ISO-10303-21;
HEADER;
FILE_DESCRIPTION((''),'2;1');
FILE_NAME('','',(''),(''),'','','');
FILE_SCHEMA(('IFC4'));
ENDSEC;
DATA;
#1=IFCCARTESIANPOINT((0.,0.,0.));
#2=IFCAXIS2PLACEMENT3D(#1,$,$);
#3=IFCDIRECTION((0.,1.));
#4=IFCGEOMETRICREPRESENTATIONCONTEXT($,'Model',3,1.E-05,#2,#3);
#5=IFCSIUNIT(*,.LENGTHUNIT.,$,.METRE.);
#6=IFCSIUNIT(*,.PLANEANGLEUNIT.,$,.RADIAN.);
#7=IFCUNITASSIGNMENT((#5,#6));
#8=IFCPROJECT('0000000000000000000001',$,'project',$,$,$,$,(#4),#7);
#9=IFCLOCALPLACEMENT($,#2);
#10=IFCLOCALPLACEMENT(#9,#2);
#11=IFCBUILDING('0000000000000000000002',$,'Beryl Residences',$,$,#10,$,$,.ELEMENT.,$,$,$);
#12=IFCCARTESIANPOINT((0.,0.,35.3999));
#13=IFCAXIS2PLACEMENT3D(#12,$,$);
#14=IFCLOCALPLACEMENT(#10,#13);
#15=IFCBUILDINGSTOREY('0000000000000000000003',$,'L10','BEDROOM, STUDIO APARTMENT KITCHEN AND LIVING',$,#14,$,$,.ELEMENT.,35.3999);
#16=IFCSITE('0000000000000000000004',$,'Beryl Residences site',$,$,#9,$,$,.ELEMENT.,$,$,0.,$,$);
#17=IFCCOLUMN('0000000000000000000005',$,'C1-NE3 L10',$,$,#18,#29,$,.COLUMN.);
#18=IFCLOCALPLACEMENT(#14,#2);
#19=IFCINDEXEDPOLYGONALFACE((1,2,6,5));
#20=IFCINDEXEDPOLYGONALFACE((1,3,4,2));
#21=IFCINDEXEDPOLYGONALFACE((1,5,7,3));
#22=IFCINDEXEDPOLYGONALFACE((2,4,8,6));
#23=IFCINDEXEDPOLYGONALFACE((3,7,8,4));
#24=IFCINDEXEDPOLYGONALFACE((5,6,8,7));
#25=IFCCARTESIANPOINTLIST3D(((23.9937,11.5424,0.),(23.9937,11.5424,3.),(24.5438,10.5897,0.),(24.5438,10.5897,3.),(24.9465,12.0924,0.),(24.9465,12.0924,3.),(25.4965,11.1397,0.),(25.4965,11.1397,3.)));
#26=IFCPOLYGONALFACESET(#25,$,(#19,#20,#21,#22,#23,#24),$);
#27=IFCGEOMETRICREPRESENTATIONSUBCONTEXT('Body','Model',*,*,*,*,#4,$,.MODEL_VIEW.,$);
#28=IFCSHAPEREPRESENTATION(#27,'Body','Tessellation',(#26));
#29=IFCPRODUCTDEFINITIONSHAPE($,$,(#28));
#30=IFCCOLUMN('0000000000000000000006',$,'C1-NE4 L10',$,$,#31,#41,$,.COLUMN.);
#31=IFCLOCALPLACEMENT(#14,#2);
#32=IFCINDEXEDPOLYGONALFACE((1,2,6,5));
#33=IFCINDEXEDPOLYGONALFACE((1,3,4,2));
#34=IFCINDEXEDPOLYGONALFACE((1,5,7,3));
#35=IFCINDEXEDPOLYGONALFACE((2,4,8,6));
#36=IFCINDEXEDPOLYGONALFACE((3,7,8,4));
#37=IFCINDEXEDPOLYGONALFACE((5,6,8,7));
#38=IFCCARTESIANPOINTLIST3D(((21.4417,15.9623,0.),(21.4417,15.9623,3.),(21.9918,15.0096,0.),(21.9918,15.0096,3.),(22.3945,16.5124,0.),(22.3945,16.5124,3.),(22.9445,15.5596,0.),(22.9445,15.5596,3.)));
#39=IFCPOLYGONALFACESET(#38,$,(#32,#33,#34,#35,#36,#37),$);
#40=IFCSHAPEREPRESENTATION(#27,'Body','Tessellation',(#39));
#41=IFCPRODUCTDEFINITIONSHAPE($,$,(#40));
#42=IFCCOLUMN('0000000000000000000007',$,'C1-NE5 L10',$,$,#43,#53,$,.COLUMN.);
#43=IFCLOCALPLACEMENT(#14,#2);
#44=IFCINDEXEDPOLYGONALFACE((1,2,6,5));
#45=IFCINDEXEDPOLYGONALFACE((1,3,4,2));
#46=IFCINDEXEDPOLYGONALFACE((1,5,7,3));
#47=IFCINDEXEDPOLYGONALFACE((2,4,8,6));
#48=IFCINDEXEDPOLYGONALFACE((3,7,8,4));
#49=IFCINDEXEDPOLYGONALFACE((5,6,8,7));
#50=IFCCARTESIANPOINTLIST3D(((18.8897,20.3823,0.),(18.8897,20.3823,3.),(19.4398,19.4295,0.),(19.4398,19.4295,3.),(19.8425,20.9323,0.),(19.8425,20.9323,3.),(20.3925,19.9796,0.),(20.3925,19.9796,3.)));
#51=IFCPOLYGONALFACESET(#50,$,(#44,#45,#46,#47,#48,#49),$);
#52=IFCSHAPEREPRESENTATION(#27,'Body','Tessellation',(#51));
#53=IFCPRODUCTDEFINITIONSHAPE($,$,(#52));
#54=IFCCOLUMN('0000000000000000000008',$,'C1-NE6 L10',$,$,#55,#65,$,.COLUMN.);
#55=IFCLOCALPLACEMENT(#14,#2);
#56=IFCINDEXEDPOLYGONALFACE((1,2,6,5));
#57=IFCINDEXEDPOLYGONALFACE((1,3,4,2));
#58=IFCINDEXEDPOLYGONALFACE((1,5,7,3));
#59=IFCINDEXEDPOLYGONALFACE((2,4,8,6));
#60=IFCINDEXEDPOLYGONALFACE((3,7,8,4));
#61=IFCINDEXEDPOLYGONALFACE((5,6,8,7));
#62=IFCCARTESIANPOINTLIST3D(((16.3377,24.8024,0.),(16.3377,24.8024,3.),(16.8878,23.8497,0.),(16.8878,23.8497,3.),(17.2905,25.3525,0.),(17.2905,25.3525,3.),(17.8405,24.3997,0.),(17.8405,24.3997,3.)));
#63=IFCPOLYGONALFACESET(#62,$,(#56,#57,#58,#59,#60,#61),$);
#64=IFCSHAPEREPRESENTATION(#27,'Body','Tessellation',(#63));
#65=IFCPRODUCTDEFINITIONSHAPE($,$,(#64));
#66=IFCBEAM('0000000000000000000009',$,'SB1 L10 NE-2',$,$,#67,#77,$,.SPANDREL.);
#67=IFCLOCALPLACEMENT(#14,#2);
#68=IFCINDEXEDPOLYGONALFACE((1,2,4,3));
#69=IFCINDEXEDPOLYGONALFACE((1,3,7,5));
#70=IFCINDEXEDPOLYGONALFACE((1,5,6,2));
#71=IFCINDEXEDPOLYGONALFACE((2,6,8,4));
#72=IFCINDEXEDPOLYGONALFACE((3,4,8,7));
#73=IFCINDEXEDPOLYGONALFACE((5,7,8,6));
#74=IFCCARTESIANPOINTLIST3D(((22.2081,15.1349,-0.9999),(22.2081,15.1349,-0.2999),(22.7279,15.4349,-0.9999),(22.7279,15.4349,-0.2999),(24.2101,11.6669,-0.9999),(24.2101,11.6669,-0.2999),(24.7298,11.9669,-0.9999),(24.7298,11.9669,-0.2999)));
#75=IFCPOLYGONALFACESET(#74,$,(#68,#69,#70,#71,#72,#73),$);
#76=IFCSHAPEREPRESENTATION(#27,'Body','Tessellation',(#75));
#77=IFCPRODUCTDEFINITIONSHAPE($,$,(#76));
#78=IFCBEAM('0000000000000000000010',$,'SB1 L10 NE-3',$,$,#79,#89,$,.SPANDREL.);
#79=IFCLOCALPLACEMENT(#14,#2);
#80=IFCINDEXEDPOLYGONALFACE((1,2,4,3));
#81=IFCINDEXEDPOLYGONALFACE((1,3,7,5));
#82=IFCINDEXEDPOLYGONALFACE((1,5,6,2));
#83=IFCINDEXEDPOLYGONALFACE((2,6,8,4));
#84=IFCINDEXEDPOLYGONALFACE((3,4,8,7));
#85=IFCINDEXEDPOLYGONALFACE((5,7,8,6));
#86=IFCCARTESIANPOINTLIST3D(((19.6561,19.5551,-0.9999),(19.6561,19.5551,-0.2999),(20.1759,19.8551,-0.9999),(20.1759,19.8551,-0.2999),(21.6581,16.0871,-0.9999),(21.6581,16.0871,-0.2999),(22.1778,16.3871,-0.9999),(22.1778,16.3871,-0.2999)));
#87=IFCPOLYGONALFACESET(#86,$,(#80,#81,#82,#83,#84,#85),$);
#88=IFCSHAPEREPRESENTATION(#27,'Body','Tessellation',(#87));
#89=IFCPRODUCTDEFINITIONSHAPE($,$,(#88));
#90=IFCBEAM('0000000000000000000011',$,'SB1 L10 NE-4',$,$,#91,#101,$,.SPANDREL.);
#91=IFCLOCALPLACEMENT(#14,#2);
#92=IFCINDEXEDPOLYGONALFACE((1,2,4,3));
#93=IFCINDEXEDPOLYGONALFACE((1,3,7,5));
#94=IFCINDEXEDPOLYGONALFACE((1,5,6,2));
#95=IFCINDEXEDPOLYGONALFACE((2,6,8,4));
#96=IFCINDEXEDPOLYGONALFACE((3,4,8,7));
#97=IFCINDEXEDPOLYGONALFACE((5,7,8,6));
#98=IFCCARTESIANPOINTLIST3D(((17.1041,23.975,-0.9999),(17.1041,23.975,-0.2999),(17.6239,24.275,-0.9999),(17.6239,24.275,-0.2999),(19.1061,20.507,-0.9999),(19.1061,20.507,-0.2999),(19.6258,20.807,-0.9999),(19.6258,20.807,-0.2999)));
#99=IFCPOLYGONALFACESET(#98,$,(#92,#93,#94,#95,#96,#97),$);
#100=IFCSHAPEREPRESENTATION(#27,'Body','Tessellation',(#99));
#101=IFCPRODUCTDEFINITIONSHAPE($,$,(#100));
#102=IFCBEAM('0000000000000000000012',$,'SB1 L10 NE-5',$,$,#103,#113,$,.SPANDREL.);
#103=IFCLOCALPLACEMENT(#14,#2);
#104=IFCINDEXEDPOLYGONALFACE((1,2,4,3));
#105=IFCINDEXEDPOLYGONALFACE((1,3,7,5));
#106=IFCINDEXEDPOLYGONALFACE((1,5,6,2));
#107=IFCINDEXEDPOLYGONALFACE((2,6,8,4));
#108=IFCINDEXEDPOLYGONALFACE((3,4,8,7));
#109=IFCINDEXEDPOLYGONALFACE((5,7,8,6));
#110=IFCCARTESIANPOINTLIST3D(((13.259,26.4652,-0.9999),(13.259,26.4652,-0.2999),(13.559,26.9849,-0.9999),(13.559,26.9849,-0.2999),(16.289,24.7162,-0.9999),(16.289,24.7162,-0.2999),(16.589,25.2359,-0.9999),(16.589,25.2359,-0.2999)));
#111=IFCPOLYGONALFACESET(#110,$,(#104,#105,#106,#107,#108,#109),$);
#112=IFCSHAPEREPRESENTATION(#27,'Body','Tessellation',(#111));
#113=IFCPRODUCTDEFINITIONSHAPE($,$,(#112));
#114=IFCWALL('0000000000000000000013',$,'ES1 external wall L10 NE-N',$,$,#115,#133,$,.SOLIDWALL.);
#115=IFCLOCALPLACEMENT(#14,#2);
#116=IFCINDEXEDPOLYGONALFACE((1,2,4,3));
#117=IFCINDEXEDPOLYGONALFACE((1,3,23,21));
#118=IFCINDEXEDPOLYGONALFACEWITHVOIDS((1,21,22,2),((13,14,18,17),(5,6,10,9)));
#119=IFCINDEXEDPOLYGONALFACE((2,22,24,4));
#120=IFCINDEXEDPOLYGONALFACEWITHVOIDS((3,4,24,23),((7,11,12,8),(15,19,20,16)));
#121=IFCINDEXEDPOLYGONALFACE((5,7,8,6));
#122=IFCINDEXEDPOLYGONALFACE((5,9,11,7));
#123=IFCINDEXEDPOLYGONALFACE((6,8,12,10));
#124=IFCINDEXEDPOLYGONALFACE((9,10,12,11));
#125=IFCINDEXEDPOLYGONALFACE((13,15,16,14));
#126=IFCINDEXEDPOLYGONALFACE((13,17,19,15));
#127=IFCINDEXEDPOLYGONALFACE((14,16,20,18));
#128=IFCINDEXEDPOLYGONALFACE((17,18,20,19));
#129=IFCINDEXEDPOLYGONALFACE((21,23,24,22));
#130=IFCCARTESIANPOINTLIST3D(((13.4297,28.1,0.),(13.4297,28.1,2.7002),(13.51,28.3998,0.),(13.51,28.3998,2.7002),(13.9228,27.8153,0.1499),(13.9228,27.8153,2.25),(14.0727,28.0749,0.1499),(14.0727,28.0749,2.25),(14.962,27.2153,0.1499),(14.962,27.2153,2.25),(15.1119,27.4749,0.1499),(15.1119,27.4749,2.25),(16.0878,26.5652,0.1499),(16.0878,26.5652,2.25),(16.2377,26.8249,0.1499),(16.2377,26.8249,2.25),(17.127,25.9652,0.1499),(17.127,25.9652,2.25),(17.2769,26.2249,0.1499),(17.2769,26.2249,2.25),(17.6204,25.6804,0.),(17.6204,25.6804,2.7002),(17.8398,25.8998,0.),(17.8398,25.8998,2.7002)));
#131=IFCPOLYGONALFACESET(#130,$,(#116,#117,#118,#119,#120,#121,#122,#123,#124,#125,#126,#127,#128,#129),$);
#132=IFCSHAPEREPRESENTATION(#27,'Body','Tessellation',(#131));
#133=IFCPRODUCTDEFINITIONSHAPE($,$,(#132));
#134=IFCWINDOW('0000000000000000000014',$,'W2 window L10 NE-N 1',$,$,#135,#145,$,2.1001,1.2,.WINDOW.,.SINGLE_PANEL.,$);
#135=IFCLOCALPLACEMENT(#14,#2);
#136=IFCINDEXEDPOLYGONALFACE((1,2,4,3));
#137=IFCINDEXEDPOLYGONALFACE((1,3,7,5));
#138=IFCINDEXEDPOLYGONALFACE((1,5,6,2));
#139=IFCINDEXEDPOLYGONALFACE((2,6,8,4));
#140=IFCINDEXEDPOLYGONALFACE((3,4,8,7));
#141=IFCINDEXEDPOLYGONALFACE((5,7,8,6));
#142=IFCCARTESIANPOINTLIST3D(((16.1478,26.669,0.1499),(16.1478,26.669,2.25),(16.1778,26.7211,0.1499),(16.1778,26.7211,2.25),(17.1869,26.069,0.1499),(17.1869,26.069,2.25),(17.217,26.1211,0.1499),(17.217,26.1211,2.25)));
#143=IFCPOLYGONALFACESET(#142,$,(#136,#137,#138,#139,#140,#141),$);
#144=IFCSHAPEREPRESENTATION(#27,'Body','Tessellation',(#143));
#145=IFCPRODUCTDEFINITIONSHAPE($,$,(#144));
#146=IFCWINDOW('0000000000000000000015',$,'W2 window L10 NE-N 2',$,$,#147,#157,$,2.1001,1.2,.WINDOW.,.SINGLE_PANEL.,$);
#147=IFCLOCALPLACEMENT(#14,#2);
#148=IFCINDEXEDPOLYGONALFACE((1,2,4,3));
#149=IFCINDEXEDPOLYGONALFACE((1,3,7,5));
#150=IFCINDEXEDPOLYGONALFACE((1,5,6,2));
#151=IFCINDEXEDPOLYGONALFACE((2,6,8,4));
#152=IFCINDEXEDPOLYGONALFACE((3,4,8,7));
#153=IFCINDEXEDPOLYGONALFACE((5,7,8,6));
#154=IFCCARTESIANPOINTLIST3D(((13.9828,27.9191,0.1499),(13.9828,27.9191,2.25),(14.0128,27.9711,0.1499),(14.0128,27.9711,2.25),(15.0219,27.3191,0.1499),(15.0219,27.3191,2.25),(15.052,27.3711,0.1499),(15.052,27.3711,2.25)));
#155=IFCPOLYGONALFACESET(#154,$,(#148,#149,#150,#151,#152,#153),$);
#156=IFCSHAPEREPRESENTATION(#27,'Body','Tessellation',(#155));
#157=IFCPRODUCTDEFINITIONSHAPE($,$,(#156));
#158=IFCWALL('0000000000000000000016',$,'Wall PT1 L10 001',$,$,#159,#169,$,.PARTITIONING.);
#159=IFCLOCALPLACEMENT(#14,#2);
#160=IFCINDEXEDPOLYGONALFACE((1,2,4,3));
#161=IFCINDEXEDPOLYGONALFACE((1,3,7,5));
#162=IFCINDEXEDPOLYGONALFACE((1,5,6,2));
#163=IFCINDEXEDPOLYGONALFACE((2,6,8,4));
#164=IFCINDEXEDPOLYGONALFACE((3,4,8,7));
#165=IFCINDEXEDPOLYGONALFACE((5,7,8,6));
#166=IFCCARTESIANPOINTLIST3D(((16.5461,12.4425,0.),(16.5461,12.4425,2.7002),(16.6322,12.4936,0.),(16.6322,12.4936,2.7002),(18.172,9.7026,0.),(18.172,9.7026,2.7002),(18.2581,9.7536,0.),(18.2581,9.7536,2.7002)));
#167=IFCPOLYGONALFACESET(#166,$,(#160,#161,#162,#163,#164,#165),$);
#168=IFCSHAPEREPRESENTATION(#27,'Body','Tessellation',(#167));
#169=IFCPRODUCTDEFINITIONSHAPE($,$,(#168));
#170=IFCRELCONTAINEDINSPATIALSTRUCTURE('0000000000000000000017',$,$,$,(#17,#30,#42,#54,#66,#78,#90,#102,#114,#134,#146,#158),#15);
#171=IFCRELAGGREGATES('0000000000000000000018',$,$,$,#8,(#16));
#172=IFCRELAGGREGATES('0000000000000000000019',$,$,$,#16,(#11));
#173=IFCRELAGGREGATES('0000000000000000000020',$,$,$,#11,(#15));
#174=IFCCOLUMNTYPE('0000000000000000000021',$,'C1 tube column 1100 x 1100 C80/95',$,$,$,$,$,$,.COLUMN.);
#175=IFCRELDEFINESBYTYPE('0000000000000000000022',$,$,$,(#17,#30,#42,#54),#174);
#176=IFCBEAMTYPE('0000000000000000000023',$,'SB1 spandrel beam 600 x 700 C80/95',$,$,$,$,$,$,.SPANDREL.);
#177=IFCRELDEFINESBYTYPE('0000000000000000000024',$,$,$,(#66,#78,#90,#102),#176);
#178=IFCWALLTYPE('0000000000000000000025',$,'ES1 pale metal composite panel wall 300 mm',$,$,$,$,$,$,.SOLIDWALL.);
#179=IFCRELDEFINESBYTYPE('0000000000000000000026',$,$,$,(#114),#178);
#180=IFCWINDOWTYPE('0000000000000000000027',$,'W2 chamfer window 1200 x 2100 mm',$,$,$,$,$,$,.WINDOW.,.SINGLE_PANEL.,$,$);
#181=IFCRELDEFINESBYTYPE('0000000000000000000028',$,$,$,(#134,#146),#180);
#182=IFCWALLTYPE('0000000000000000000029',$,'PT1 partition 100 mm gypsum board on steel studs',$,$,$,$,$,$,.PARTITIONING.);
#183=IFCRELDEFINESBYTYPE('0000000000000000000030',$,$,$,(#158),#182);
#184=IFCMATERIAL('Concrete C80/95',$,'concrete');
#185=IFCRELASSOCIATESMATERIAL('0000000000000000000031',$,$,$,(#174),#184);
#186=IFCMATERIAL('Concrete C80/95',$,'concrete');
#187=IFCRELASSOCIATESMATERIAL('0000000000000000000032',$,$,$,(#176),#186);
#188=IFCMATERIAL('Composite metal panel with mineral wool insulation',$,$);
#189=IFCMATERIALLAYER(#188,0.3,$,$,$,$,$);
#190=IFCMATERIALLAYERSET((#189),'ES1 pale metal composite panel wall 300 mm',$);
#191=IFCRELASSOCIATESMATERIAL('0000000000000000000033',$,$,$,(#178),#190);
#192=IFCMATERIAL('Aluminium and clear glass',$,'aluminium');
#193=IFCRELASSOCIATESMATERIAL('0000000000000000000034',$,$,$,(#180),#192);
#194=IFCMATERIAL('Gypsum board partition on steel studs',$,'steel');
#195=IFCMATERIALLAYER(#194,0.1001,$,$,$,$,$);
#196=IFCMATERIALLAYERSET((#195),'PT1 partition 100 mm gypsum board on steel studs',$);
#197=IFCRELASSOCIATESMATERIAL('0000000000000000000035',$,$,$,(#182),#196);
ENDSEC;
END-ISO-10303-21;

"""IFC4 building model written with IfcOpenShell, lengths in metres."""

from ifc_helpers import new_model, si_unit, direction, frame, frame_2d, origin, origin_2d, place, context, subcontext, project, spatial, polyline, rectangle, outline, extrude, material, layer, layer_set, material_profile, profile_set, type_object, element, fill, save


model = new_model("IFC4")

# Units and contexts
model_context = context("Model", 3, precision=1e-05, world=origin(), true_north=direction((0.0, 1.0)))
body_context = subcontext(model_context, "Body", "Model", "MODEL_VIEW")
ifc_project = project(units=[si_unit("LENGTHUNIT", "METRE"), si_unit("PLANEANGLEUNIT", "RADIAN")], contexts=[model_context])

# Site, building, storey
site_placement = place(None, origin())
site = spatial("IfcSite", under=ifc_project, at=site_placement, Name="Beryl Residences site", CompositionType="ELEMENT", RefElevation=0.0)
building_placement = place(site_placement, origin())
building = spatial("IfcBuilding", under=site, at=building_placement, Name="Beryl Residences", CompositionType="ELEMENT")
storey_placement = place(building_placement, frame((0.0, 0.0, 35.3999)))
storey = spatial("IfcBuildingStorey", under=building, at=storey_placement, Name="L10", Description="BEDROOM, STUDIO APARTMENT KITCHEN AND LIVING", CompositionType="ELEMENT", Elevation=35.3999)

# Columns
ifc_material_1 = material(Name="Concrete C80/95", Category="concrete")
ifc_material_profile_1 = material_profile(ifc_material_1, rectangle(XDim=1.1001, YDim=1.1001, at=origin_2d()))
ifc_profile_set_1 = profile_set([ifc_material_profile_1], Name="Concrete C80/95")
column_type = type_object("IfcColumnType", Name="C1 tube column 1100 x 1100 C80/95", PredefinedType="COLUMN", material=ifc_profile_set_1)
for number, where, z_axis, x_axis, name in (
    (1, (24.7451, 11.3411, 0.0), (0.0, 0.0, 1.0), (-0.499985, 0.866034, 0.0), "C1-NE3 L10"),
    (2, (22.1931, 15.761, 0.0), (0.0, 0.0, 1.0), (-0.499985, 0.866034, 0.0), "C1-NE4 L10"),
    (3, (19.6411, 20.1809, 0.0), (0.0, 0.0, 1.0), (-0.499985, 0.866034, 0.0), "C1-NE5 L10"),
    (4, (17.0891, 24.6011, 0.0), (0.0, 0.0, 1.0), (-0.499985, 0.866034, 0.0), "C1-NE6 L10"),
):
    element("IfcColumn", number, at=place(storey_placement, frame(where, z_axis=z_axis, x_axis=x_axis)), inside=storey, type_object=column_type, Name=name, PredefinedType="COLUMN", context=body_context, shape_type="SweptSolid", body=[
        extrude(rectangle(XDim=1.1001, YDim=1.1001, at=origin_2d()), origin(), (0.0, 0.0, 1.0), 3.0),
    ])

# Beams
ifc_material_2 = material(Name="Concrete C80/95", Category="concrete")
ifc_material_profile_2 = material_profile(ifc_material_2, rectangle(XDim=0.6001, YDim=0.7, at=origin_2d()))
ifc_profile_set_2 = profile_set([ifc_material_profile_2], Name="Concrete C80/95")
beam_type = type_object("IfcBeamType", Name="SB1 spandrel beam 600 x 700 C80/95", PredefinedType="SPANDREL", material=ifc_profile_set_2)
for number, where, z_axis, x_axis, name in (
    (5, (24.47, 11.8169, -0.6499), (-0.499942, 0.866059, 0.0), (-0.866059, -0.499942, 0.0), "SB1 L10 NE-2"),
    (6, (21.918, 16.2371, -0.6499), (-0.499942, 0.866059, 0.0), (-0.866059, -0.499942, 0.0), "SB1 L10 NE-3"),
    (7, (19.366, 20.657, -0.6499), (-0.499942, 0.866059, 0.0), (-0.866059, -0.499942, 0.0), "SB1 L10 NE-4"),
):
    element("IfcBeam", number, at=place(storey_placement, frame(where, z_axis=z_axis, x_axis=x_axis)), inside=storey, type_object=beam_type, Name=name, PredefinedType="SPANDREL", context=body_context, shape_type="SweptSolid", body=[
        extrude(rectangle(XDim=0.6001, YDim=0.7, at=origin_2d()), origin(), (0.0, 0.0, 1.0), 4.0044),
    ])
beam_placement = place(storey_placement, frame((16.439, 24.9761, -0.6499), z_axis=(-0.866071, 0.499922, 0.0), x_axis=(-0.499922, -0.866071, 0.0)))
element("IfcBeam", 8, at=beam_placement, inside=storey, type_object=beam_type, Name="SB1 L10 NE-5", PredefinedType="SPANDREL", context=body_context, shape_type="SweptSolid", body=[
    extrude(rectangle(XDim=0.6001, YDim=0.7, at=origin_2d()), origin(), (0.0, 0.0, 1.0), 3.4985),
])

# Wall, openings, windows
ifc_material_3 = material(Name="Composite metal panel with mineral wool insulation")
ifc_layer_1 = layer(ifc_material_3, 0.3)
ifc_layer_set_1 = layer_set([ifc_layer_1], Name="ES1 pale metal composite panel wall 300 mm")
wall_type_1 = type_object("IfcWallType", Name="ES1 pale metal composite panel wall 300 mm", PredefinedType="SOLIDWALL", material=ifc_layer_set_1)
wall_1_placement = place(storey_placement, frame((17.7649, 25.77, 0.0), z_axis=(0.0, 0.0, 1.0), x_axis=(-0.866011, 0.500025, 0.0)))
wall_1 = element("IfcWall", 9, at=wall_1_placement, inside=storey, type_object=wall_type_1, Name="ES1 external wall L10 NE-N", PredefinedType="SOLIDWALL", context=body_context, shape_type="SweptSolid", body=[
    extrude(outline(polyline([(0.0, -0.1499), (4.9998, -0.1499), (4.9194, 0.1499), (0.0803, 0.1499), (0.0, -0.1499)])), origin(), (0.0, 0.0, 1.0), 2.7002),
])
opening_1_placement = place(wall_1_placement, frame((0.6499, 0.0, 0.1499)))
opening_1 = element("IfcOpeningElement", 10, at=opening_1_placement, cuts=wall_1, PredefinedType="OPENING", context=body_context, shape_type="SweptSolid", body=[
    extrude(rectangle(XDim=1.2, YDim=2.1001, at=frame_2d((0.6001, 1.05))), frame((0.0, 0.1599, 0.0), z_axis=(0.0, -1.0, 0.0), x_axis=(1.0, 0.0, 0.0)), (0.0, 0.0, 1.0), 0.3201),
])
opening_2_placement = place(wall_1_placement, frame((3.1499, 0.0, 0.1499)))
opening_2 = element("IfcOpeningElement", 11, at=opening_2_placement, cuts=wall_1, PredefinedType="OPENING", context=body_context, shape_type="SweptSolid", body=[
    extrude(rectangle(XDim=1.2, YDim=2.1001, at=frame_2d((0.6001, 1.05))), frame((0.0, 0.1599, 0.0), z_axis=(0.0, -1.0, 0.0), x_axis=(1.0, 0.0, 0.0)), (0.0, 0.0, 1.0), 0.3201),
])
ifc_material_4 = material(Name="Aluminium and clear glass", Category="aluminium")
window_type = type_object("IfcWindowType", Name="W2 chamfer window 1200 x 2100 mm", PartitioningType="SINGLE_PANEL", PredefinedType="WINDOW", material=ifc_material_4)
window_1_placement = place(opening_1_placement, origin())
window_1 = element("IfcWindow", 12, at=window_1_placement, inside=storey, type_object=window_type, Name="W2 window L10 NE-N 1", OverallHeight=2.1001, OverallWidth=1.2, PartitioningType="SINGLE_PANEL", PredefinedType="WINDOW", context=body_context, shape_type="SweptSolid", body=[
    extrude(rectangle(XDim=1.2, YDim=2.1001, at=frame_2d((0.6001, 1.05))), frame((0.0, 0.03, 0.0), z_axis=(0.0, -1.0, 0.0), x_axis=(1.0, 0.0, 0.0)), (0.0, 0.0, 1.0), 0.0601),
])
fill(opening_1, window_1)
window_2_placement = place(opening_2_placement, origin())
window_2 = element("IfcWindow", 13, at=window_2_placement, inside=storey, type_object=window_type, Name="W2 window L10 NE-N 2", OverallHeight=2.1001, OverallWidth=1.2, PartitioningType="SINGLE_PANEL", PredefinedType="WINDOW", context=body_context, shape_type="SweptSolid", body=[
    extrude(rectangle(XDim=1.2, YDim=2.1001, at=frame_2d((0.6001, 1.05))), frame((0.0, 0.03, 0.0), z_axis=(0.0, -1.0, 0.0), x_axis=(1.0, 0.0, 0.0)), (0.0, 0.0, 1.0), 0.0601),
])
fill(opening_2, window_2)

# Wall
ifc_material_5 = material(Name="Gypsum board partition on steel studs", Category="steel")
ifc_layer_2 = layer(ifc_material_5, 0.1001)
ifc_layer_set_2 = layer_set([ifc_layer_2], Name="PT1 partition 100 mm gypsum board on steel studs")
wall_type_2 = type_object("IfcWallType", Name="PT1 partition 100 mm gypsum board on steel studs", PredefinedType="PARTITIONING", material=ifc_layer_set_2)
wall_2_placement = place(storey_placement, frame((16.5891, 12.468, 0.0), z_axis=(0.0, 0.0, 1.0), x_axis=(0.510332, -0.859978, 0.0)))
element("IfcWall", 14, at=wall_2_placement, inside=storey, type_object=wall_type_2, Name="Wall PT1 L10 001", PredefinedType="PARTITIONING", context=body_context, shape_type="SweptSolid", body=[
    extrude(rectangle(XDim=3.186, YDim=0.1001, at=frame_2d((1.593, 0.0))), origin(), (0.0, 0.0, 1.0), 2.7002),
])

save(model, "model.ifc")
